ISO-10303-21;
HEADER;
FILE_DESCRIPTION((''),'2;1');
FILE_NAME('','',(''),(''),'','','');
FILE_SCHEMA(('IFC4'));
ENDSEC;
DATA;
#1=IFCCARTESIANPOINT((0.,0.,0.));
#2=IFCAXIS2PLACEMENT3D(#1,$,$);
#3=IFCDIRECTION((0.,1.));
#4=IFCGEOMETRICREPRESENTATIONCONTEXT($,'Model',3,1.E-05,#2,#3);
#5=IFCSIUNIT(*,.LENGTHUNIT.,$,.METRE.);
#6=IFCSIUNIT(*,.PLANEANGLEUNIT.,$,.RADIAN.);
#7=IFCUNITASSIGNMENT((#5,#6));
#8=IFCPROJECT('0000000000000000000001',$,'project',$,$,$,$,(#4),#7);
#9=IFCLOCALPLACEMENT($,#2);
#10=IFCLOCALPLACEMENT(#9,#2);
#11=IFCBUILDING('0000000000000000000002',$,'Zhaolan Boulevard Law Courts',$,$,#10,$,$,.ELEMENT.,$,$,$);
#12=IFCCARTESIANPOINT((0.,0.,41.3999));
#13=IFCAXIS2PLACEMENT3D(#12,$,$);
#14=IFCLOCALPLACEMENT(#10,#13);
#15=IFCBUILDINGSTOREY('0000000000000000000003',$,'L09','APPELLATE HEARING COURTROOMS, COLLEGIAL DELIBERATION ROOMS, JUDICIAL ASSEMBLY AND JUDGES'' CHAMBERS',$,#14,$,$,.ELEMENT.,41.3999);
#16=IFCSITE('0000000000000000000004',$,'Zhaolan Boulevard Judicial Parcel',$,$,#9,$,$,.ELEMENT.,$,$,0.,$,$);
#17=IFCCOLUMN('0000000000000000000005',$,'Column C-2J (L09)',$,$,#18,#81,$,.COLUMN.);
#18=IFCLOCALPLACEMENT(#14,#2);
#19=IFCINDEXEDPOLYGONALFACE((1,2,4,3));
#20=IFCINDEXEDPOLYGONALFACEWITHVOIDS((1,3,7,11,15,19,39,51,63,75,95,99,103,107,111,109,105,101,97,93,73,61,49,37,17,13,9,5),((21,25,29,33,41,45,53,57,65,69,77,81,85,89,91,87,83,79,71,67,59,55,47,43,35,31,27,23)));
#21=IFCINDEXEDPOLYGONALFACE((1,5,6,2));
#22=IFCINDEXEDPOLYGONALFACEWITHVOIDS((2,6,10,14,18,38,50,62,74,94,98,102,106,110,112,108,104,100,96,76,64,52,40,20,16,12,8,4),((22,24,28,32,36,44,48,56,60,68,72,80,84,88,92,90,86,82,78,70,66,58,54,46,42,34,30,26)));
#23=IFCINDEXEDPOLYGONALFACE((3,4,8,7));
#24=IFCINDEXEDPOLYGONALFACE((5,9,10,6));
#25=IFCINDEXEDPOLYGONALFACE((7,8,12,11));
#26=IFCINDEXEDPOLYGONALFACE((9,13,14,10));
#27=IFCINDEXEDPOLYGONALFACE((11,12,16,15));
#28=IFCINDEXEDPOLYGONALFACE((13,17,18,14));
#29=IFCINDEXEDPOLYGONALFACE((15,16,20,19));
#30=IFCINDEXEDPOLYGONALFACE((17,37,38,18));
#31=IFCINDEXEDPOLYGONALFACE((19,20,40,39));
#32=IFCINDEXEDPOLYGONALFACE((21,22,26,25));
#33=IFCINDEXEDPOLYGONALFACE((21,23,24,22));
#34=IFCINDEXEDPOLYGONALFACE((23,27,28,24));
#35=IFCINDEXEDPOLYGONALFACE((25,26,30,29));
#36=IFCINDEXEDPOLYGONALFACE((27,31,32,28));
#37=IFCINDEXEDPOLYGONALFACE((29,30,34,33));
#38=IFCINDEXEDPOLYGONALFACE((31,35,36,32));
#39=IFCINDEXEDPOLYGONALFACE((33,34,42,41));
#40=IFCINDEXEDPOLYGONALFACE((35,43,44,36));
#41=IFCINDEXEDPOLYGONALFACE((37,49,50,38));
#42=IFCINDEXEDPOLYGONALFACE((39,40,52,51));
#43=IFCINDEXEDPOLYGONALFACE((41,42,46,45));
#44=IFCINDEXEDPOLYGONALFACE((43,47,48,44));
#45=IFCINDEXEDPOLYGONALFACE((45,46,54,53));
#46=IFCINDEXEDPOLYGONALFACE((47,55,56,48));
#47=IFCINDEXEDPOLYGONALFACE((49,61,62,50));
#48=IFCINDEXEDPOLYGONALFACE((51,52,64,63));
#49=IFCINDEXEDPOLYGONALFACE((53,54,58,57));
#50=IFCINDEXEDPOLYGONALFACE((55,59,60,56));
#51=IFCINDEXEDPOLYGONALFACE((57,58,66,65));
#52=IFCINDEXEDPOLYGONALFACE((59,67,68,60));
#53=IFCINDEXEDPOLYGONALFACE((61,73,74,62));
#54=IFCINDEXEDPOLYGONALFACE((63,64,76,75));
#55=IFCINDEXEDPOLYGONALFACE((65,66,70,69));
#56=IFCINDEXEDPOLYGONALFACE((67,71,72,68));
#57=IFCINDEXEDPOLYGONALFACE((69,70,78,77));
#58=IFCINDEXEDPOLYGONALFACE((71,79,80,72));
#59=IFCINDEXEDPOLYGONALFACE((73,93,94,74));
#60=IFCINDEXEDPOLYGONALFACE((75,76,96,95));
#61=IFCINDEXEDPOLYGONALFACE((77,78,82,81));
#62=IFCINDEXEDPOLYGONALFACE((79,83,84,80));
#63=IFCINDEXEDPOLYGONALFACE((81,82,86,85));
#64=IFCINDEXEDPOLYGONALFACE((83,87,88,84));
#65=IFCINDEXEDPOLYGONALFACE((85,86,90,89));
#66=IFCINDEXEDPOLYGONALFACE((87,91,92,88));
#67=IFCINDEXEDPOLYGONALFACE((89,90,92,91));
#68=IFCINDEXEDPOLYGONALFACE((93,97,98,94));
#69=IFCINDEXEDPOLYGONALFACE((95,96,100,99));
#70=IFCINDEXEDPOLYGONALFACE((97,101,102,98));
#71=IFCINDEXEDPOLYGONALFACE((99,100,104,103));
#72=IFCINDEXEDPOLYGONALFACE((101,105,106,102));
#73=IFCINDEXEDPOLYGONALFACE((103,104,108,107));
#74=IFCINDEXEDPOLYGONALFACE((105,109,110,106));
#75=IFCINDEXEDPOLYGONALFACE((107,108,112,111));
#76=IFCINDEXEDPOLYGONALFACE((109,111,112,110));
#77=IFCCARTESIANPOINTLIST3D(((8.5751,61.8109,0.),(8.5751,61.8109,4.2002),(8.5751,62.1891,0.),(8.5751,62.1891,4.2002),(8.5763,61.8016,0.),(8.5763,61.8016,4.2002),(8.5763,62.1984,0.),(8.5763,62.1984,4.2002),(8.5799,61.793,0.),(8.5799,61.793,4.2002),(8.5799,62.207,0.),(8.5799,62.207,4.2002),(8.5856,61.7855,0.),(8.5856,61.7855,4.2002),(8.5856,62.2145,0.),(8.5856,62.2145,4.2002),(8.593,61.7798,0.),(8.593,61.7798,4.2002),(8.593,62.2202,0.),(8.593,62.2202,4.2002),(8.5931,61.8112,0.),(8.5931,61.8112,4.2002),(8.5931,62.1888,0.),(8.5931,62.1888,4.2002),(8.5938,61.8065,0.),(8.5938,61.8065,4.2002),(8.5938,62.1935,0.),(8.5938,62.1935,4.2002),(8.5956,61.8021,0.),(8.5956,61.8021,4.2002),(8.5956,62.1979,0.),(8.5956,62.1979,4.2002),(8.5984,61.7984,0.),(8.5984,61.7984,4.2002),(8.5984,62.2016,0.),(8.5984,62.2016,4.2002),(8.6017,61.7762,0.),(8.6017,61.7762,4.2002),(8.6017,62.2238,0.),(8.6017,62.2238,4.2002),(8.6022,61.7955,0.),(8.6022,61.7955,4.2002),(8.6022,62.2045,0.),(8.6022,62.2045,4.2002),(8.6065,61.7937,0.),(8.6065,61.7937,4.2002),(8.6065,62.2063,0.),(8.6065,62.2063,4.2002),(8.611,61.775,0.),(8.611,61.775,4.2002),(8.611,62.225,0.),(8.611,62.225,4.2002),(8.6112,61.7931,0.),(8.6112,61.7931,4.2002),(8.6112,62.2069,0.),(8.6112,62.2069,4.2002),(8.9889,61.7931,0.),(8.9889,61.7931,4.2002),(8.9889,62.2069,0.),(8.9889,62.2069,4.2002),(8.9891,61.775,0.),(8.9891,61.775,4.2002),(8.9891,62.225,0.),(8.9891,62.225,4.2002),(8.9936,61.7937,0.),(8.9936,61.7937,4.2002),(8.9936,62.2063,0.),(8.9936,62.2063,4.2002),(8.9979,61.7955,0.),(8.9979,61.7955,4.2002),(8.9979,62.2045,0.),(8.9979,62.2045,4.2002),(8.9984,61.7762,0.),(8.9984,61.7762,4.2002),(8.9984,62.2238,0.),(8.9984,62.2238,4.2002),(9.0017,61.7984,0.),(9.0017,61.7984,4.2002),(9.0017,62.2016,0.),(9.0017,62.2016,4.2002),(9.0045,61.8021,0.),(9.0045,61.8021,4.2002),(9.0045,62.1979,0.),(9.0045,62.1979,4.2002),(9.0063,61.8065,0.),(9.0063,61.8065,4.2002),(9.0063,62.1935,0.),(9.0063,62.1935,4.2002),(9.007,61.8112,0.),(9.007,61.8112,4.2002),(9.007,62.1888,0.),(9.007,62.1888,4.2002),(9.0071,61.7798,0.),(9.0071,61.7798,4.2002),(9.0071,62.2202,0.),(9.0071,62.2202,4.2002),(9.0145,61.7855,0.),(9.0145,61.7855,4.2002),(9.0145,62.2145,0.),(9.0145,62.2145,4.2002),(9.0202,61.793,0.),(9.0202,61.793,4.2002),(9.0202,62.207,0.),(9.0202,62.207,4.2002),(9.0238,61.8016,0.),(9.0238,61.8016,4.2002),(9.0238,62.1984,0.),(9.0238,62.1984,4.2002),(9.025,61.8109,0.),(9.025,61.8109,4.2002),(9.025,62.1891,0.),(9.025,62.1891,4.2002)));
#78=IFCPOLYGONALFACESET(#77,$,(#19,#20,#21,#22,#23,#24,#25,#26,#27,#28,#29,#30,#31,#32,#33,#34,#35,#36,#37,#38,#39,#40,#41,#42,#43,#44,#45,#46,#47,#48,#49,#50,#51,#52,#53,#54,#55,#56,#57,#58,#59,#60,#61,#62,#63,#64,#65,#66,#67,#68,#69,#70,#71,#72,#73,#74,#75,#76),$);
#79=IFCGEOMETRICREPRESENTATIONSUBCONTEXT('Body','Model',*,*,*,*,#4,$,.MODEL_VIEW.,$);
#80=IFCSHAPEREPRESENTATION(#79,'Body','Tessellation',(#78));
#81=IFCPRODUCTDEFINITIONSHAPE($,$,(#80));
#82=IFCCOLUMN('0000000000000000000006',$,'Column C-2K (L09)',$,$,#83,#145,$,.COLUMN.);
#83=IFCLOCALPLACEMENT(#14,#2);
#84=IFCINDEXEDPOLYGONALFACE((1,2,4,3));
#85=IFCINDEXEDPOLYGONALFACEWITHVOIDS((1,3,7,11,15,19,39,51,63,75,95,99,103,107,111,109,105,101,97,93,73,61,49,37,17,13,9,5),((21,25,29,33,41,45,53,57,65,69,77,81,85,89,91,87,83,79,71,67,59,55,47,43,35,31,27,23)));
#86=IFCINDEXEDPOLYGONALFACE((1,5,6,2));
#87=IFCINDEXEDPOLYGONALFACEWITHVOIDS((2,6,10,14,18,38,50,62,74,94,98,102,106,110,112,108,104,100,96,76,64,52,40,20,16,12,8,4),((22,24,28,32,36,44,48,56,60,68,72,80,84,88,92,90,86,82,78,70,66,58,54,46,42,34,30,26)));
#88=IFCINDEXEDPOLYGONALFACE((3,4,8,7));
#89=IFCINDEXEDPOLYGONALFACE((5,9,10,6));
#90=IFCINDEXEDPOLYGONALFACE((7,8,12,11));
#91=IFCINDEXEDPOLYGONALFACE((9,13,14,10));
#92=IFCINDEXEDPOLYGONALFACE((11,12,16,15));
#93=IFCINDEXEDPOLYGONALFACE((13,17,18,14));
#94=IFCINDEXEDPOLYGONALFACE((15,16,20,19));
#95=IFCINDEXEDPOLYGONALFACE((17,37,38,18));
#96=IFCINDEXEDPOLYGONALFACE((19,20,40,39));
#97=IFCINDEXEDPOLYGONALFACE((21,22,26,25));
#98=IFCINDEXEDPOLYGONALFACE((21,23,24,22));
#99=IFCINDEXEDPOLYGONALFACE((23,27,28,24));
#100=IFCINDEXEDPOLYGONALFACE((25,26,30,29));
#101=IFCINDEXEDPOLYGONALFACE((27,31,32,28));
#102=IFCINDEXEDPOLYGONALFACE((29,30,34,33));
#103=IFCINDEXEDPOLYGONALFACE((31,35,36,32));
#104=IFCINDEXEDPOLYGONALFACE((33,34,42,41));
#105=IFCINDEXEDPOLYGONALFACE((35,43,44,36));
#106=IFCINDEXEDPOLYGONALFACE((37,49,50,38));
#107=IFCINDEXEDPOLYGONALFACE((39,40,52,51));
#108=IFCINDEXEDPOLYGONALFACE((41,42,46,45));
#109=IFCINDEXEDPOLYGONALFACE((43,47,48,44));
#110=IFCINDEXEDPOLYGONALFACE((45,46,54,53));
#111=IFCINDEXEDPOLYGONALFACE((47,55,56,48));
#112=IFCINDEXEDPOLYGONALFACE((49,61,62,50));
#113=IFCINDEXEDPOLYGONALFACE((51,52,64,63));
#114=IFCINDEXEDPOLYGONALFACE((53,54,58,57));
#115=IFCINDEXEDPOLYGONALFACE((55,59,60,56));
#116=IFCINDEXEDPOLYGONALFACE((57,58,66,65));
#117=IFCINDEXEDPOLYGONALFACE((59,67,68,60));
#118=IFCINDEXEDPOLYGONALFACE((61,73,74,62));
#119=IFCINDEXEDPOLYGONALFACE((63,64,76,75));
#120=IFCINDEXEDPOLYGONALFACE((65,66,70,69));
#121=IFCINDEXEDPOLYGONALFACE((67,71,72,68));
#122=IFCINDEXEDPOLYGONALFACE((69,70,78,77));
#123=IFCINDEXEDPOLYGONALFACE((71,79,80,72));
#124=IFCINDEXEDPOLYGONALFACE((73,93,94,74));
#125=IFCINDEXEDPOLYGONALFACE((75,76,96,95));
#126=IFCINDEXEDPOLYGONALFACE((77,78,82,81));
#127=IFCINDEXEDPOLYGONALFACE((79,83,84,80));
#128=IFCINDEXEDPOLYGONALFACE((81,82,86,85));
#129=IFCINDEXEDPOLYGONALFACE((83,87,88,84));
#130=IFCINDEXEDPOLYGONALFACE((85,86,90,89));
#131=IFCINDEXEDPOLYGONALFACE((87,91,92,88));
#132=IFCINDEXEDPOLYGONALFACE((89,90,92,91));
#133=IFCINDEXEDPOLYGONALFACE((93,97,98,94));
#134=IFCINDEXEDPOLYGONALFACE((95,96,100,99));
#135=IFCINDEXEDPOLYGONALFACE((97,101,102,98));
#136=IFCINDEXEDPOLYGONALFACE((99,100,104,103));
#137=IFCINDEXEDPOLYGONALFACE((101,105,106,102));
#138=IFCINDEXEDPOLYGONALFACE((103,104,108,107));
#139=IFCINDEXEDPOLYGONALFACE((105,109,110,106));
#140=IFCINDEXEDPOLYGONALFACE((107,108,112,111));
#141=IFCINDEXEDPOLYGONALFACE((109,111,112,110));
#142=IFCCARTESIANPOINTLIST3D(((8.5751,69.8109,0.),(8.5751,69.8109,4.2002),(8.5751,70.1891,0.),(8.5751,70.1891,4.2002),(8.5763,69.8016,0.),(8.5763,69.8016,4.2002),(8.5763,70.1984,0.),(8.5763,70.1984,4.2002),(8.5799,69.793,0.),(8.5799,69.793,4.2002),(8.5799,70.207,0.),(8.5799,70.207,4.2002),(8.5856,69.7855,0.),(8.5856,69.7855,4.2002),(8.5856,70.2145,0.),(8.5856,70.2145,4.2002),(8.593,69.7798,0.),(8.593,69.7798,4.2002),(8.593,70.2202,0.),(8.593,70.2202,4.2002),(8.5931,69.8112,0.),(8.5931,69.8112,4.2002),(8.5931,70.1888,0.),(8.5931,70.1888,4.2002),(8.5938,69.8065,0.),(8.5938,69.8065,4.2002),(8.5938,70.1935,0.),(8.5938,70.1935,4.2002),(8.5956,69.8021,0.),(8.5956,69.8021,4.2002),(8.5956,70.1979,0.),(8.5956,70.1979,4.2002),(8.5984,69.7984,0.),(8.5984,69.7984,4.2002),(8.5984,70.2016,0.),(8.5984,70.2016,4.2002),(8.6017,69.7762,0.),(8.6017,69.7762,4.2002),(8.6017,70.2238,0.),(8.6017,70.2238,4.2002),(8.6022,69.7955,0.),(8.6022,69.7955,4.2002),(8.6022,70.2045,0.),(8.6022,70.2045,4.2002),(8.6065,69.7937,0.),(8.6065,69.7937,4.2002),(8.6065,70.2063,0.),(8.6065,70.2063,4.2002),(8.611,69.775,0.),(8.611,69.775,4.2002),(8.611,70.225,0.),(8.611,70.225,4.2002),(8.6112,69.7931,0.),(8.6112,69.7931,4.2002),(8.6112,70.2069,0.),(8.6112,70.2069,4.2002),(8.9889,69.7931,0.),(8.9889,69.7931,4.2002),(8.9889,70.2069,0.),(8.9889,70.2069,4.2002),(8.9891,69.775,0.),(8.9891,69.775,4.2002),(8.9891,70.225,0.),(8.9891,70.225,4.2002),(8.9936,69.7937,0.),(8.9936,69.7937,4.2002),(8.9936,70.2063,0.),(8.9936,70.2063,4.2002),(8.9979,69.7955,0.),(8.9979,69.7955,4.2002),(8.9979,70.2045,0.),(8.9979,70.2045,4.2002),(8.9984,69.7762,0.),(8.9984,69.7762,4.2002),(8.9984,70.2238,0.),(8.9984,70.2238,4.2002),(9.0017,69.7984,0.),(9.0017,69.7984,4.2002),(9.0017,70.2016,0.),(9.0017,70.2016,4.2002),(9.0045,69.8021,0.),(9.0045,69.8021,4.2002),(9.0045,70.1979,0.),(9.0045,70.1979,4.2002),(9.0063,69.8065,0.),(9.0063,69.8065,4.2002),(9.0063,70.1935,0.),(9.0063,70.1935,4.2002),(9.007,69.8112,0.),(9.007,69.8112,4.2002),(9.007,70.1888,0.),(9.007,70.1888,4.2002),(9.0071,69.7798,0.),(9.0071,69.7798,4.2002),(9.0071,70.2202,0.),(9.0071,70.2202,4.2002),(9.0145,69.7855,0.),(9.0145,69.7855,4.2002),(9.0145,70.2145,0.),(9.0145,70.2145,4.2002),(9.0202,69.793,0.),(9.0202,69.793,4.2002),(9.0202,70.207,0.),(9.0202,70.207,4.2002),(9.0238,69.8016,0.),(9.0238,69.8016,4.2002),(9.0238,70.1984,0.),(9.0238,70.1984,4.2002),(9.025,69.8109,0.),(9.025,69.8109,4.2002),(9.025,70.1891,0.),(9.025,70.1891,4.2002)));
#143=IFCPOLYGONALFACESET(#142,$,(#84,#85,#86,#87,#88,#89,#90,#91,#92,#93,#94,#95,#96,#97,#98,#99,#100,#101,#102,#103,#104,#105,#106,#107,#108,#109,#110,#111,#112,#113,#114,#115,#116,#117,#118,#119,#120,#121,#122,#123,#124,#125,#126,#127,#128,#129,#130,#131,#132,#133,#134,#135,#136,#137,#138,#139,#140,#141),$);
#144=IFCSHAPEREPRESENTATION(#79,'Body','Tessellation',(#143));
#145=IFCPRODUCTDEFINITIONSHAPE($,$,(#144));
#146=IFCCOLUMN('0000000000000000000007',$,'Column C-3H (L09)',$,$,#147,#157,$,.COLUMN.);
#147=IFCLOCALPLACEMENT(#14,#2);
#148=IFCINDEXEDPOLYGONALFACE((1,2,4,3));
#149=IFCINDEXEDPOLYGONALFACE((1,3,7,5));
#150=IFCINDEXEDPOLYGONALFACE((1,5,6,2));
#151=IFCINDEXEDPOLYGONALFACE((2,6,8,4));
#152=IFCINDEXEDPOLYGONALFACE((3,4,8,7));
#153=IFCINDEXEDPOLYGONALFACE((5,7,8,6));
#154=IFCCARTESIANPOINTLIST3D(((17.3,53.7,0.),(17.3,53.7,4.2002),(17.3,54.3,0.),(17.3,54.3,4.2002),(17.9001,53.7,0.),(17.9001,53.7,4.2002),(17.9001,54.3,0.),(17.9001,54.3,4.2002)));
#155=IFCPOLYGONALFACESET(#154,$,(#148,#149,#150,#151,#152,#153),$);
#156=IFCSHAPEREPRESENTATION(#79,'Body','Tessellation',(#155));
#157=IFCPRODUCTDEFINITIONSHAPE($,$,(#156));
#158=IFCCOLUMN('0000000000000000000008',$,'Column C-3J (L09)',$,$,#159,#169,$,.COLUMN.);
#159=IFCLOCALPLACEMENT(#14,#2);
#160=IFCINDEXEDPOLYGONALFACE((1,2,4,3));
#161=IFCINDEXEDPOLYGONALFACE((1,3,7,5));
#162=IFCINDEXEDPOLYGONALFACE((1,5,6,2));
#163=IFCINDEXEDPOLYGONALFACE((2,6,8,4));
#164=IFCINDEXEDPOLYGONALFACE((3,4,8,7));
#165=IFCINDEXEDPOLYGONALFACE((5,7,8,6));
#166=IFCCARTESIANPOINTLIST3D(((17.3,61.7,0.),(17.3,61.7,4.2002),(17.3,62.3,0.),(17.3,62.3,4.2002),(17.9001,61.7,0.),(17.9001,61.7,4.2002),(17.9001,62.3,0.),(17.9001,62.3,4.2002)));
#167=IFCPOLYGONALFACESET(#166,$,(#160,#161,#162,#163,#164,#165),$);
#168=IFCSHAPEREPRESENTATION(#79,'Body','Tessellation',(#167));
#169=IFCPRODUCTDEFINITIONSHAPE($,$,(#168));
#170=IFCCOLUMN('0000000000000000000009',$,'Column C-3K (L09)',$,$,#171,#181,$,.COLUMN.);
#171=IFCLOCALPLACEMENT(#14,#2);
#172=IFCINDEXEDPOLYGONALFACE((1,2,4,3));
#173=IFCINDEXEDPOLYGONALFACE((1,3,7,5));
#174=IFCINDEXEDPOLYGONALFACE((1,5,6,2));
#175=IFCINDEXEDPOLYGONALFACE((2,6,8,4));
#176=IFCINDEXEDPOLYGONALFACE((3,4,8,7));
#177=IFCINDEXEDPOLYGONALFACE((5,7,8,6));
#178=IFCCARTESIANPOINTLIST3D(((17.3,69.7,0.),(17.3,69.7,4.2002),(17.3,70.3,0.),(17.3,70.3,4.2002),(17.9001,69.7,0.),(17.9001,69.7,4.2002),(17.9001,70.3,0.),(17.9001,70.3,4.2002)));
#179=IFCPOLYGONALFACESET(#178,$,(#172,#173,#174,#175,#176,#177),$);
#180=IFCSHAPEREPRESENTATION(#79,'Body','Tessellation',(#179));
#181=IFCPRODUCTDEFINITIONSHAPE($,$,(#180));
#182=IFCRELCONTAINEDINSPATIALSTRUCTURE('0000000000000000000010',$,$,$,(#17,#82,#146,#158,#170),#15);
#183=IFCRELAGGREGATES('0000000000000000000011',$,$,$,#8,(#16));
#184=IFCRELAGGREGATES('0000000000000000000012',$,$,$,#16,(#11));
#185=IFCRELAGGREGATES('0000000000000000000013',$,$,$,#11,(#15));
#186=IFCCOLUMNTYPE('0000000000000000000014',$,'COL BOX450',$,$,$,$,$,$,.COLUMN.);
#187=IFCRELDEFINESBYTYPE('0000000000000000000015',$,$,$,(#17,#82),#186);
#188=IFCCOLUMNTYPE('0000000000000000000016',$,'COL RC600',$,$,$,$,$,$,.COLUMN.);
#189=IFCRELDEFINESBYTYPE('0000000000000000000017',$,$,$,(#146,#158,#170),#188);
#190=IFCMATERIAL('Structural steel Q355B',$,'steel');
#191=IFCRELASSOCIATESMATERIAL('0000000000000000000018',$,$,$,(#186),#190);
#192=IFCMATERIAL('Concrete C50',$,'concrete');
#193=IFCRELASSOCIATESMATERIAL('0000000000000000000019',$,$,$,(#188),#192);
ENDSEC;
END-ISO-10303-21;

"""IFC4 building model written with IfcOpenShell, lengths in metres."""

from ifc_helpers import new_model, si_unit, direction, frame, origin, origin_2d, place, context, subcontext, project, spatial, rectangle, hollow_rectangle, extrude, material, material_profile, profile_set, type_object, element, save


model = new_model("IFC4")

# Units and contexts
model_context = context("Model", 3, precision=1e-05, world=origin(), true_north=direction((0.0, 1.0)))
body_context = subcontext(model_context, "Body", "Model", "MODEL_VIEW")
ifc_project = project(units=[si_unit("LENGTHUNIT", "METRE"), si_unit("PLANEANGLEUNIT", "RADIAN")], contexts=[model_context])

# Site, building, storey
site_placement = place(None, origin())
site = spatial("IfcSite", under=ifc_project, at=site_placement, Name="Zhaolan Boulevard Judicial Parcel", CompositionType="ELEMENT", RefElevation=0.0)
building_placement = place(site_placement, origin())
building = spatial("IfcBuilding", under=site, at=building_placement, Name="Zhaolan Boulevard Law Courts", CompositionType="ELEMENT")
storey_placement = place(building_placement, frame((0.0, 0.0, 41.3999)))
storey = spatial("IfcBuildingStorey", under=building, at=storey_placement, Name="L09", Description="APPELLATE HEARING COURTROOMS, COLLEGIAL DELIBERATION ROOMS, JUDICIAL ASSEMBLY AND JUDGES' CHAMBERS", CompositionType="ELEMENT", Elevation=41.3999)

# Columns
ifc_material_1 = material(Name="Structural steel Q355B", Category="steel")
ifc_material_profile_1 = material_profile(ifc_material_1, hollow_rectangle(XDim=0.45, YDim=0.45, WallThickness=0.0181, InnerFilletRadius=0.0181, OuterFilletRadius=0.0359, at=origin_2d()), Name="BOX450x450x18")
ifc_profile_set_1 = profile_set([ifc_material_profile_1], Name="Structural steel Q355B")
column_type_1 = type_object("IfcColumnType", Name="COL BOX450", PredefinedType="COLUMN", material=ifc_profile_set_1)
for number, where, z_axis, x_axis, name in (
    (1, (8.8, 62.0, 0.0), (0.0, 0.0, 1.0), (1.0, 0.0, 0.0), "Column C-2J (L09)"),
    (2, (8.8, 70.0, 0.0), (0.0, 0.0, 1.0), (1.0, 0.0, 0.0), "Column C-2K (L09)"),
):
    element("IfcColumn", number, at=place(storey_placement, frame(where, z_axis=z_axis, x_axis=x_axis)), inside=storey, type_object=column_type_1, Name=name, PredefinedType="COLUMN", context=body_context, shape_type="SweptSolid", body=[
        extrude(hollow_rectangle(XDim=0.45, YDim=0.45, WallThickness=0.0181, InnerFilletRadius=0.0181, OuterFilletRadius=0.0359, at=origin_2d()), origin(), (0.0, 0.0, 1.0), 4.2002),
    ])
ifc_material_2 = material(Name="Concrete C50", Category="concrete")
ifc_material_profile_2 = material_profile(ifc_material_2, rectangle(XDim=0.6001, YDim=0.6001, at=origin_2d()), Name="RC600x600")
ifc_profile_set_2 = profile_set([ifc_material_profile_2], Name="Concrete C50")
column_type_2 = type_object("IfcColumnType", Name="COL RC600", PredefinedType="COLUMN", material=ifc_profile_set_2)
for number, where, z_axis, x_axis, name in (
    (3, (17.6001, 54.0, 0.0), (0.0, 0.0, 1.0), (1.0, 0.0, 0.0), "Column C-3H (L09)"),
    (4, (17.6001, 62.0, 0.0), (0.0, 0.0, 1.0), (1.0, 0.0, 0.0), "Column C-3J (L09)"),
    (5, (17.6001, 70.0, 0.0), (0.0, 0.0, 1.0), (1.0, 0.0, 0.0), "Column C-3K (L09)"),
):
    element("IfcColumn", number, at=place(storey_placement, frame(where, z_axis=z_axis, x_axis=x_axis)), inside=storey, type_object=column_type_2, Name=name, PredefinedType="COLUMN", context=body_context, shape_type="SweptSolid", body=[
        extrude(rectangle(XDim=0.6001, YDim=0.6001, at=origin_2d()), origin(), (0.0, 0.0, 1.0), 4.2002),
    ])

save(model, "model.ifc")
